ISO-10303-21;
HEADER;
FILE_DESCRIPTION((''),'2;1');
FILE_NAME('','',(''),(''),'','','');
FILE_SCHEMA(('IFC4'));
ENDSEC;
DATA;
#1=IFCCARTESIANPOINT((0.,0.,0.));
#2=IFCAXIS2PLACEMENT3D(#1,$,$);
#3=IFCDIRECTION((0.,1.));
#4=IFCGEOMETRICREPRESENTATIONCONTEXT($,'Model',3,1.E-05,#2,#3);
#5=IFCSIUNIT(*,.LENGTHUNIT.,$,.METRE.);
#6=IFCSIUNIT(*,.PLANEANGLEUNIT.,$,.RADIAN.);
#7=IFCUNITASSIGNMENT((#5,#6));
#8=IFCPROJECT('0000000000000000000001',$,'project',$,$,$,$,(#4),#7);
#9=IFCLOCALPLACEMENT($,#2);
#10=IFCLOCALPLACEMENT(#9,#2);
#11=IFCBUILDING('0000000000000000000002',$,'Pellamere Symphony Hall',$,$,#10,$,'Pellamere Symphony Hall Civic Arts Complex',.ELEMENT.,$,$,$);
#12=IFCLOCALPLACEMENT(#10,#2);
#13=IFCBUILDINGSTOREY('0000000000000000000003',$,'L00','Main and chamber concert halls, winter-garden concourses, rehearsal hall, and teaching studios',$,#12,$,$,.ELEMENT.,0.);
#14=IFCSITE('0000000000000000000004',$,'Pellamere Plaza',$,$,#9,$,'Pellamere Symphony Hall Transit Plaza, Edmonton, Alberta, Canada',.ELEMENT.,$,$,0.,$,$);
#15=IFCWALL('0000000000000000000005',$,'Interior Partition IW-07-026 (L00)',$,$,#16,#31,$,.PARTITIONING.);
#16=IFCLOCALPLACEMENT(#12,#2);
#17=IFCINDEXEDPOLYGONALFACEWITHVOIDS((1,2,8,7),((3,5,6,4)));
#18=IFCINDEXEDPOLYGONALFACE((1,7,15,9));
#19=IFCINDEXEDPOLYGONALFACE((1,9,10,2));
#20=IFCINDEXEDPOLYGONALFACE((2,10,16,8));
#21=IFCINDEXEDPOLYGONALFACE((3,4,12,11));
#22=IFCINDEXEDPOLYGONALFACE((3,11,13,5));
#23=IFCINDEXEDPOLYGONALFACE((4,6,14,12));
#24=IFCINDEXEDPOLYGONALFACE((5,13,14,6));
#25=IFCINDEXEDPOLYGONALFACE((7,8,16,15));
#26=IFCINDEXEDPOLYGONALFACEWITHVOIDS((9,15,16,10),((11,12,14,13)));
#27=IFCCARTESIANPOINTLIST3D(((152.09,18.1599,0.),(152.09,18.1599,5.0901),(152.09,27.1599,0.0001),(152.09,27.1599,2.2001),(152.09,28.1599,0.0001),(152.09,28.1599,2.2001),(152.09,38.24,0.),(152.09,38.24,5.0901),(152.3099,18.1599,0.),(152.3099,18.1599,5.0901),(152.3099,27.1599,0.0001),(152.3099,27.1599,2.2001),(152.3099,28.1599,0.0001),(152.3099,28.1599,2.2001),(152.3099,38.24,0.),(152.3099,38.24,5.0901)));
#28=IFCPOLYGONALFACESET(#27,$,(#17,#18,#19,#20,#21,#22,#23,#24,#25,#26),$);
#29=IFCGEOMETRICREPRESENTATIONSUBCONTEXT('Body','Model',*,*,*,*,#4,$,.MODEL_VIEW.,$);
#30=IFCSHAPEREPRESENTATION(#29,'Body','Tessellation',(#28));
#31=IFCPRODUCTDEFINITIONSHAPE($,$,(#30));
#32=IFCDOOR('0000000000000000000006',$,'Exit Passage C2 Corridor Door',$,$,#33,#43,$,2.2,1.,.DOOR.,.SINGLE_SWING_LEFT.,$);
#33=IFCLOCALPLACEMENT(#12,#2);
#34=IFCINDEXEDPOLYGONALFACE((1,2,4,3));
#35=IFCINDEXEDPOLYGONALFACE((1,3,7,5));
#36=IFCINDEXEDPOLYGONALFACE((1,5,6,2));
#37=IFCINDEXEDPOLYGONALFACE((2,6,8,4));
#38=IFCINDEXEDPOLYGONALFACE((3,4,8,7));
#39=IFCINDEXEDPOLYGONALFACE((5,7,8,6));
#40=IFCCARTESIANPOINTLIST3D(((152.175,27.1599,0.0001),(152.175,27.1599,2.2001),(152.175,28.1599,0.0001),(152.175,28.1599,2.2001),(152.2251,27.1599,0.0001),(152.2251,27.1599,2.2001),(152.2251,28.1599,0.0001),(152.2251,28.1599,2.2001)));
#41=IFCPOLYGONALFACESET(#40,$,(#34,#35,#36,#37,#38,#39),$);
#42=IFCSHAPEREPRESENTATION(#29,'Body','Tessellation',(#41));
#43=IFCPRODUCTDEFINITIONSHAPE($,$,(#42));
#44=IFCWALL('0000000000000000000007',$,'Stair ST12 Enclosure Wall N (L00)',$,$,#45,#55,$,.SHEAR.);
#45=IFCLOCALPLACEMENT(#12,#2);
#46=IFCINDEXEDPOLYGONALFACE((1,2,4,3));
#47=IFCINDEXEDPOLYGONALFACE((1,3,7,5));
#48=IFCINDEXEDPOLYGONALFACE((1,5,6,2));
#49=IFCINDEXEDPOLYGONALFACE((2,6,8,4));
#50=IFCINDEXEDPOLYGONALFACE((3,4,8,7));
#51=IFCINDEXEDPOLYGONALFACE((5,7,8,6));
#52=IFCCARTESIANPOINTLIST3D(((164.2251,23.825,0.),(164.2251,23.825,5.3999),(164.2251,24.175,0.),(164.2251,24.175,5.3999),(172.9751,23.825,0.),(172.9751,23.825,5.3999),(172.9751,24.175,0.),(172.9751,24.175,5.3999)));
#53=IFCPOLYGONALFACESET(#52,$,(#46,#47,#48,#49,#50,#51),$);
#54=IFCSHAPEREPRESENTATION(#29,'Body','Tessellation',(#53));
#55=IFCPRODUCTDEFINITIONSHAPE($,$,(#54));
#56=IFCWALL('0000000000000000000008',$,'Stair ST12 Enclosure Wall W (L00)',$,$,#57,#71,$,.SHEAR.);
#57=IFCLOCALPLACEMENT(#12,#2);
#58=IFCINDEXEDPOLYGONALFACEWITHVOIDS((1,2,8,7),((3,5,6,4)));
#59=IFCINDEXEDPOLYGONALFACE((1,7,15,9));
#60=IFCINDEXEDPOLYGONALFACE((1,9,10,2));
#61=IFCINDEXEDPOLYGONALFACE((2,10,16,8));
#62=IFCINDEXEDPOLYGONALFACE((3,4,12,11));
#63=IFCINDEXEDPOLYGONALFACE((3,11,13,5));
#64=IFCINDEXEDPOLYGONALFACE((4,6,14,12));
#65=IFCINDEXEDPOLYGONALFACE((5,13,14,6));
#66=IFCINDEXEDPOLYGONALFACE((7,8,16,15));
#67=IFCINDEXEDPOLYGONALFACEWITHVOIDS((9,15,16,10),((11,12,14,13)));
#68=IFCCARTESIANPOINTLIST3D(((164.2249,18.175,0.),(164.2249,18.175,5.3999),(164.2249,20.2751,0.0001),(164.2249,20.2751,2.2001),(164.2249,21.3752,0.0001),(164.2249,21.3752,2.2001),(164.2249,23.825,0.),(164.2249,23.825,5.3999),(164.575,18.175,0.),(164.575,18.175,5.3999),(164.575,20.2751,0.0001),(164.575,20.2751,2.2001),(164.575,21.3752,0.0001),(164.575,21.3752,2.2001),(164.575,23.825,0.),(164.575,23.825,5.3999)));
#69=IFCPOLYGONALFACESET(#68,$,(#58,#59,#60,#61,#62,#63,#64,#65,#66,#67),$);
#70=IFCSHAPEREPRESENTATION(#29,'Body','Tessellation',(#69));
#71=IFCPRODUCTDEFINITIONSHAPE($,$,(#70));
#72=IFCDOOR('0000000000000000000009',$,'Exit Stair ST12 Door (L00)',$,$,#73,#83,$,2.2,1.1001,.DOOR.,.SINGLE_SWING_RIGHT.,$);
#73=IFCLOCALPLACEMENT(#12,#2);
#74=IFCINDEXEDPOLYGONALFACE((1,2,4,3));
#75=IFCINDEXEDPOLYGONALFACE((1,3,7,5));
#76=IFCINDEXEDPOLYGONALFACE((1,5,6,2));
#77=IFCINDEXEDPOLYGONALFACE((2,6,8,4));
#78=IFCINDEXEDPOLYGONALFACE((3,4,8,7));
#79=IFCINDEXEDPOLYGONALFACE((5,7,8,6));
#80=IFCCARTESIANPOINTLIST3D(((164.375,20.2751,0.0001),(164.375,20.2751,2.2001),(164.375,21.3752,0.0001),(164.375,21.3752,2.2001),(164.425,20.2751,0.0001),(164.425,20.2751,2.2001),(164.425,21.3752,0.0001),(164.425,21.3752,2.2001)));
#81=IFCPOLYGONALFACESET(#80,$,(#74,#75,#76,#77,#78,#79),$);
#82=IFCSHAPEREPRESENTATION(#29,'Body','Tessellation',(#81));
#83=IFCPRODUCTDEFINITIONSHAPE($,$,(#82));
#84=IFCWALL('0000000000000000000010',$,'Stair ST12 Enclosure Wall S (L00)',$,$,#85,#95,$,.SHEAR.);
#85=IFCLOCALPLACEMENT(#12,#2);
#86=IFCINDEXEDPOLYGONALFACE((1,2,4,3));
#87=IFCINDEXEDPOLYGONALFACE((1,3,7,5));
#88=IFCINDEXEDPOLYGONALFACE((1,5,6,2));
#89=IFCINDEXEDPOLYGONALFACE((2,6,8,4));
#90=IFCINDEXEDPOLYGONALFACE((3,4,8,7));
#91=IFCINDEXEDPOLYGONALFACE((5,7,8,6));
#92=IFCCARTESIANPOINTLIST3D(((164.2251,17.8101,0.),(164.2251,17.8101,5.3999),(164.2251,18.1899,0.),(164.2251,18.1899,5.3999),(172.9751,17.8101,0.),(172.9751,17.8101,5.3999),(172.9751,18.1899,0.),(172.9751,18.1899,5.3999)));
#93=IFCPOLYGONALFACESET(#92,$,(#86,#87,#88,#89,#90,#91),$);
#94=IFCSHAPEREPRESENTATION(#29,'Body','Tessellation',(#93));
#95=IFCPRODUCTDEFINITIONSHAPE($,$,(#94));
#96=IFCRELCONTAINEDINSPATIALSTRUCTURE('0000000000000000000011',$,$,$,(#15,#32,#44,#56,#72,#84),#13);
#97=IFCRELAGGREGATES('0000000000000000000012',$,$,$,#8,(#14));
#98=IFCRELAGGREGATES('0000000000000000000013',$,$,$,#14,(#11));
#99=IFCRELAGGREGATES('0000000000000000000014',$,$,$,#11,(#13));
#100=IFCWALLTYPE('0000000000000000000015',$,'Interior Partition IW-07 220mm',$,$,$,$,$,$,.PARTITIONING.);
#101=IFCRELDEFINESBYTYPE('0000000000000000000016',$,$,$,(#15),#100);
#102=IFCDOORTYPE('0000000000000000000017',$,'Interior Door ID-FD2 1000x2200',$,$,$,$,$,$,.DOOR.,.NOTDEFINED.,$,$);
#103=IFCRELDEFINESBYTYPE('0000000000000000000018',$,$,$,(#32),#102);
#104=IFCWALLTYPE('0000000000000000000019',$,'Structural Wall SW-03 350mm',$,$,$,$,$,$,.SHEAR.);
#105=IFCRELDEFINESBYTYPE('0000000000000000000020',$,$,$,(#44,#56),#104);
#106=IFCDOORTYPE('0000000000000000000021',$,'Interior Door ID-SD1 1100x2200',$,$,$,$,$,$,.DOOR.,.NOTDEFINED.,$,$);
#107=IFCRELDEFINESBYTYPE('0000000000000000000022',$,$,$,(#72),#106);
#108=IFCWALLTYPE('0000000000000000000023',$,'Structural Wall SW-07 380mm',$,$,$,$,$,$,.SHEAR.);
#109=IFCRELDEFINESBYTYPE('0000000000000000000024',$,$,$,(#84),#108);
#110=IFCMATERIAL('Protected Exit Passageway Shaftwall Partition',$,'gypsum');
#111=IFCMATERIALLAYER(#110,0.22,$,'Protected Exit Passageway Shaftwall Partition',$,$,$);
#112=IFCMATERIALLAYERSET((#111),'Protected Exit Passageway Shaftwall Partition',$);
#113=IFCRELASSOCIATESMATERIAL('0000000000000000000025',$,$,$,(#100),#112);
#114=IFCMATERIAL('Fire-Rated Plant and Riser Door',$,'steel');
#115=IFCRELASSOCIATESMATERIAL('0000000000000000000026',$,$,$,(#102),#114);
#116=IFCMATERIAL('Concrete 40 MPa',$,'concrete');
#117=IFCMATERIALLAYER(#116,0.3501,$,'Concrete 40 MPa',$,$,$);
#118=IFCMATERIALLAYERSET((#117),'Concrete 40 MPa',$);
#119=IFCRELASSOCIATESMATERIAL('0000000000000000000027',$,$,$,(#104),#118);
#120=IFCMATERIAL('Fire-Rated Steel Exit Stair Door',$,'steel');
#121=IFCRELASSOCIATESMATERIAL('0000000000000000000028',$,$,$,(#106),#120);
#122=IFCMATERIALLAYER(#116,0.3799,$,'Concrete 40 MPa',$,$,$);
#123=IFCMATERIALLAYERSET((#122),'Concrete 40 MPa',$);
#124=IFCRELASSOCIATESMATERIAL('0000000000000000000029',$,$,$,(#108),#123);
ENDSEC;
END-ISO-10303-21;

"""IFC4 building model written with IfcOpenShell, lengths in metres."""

from ifc_helpers import new_model, si_unit, direction, frame, frame_2d, origin, place, context, subcontext, project, spatial, rectangle, extrude, material, layer, layer_set, type_object, element, fill, save


model = new_model("IFC4")

# Units and contexts
model_context = context("Model", 3, precision=1e-05, world=origin(), true_north=direction((0.0, 1.0)))
body_context = subcontext(model_context, "Body", "Model", "MODEL_VIEW")
ifc_project = project(units=[si_unit("LENGTHUNIT", "METRE"), si_unit("PLANEANGLEUNIT", "RADIAN")], contexts=[model_context])

# Site, building, storey
site_placement = place(None, origin())
site = spatial("IfcSite", under=ifc_project, at=site_placement, Name="Pellamere Plaza", LongName="Pellamere Symphony Hall Transit Plaza, Edmonton, Alberta, Canada", CompositionType="ELEMENT", RefElevation=0.0)
building_placement = place(site_placement, origin())
building = spatial("IfcBuilding", under=site, at=building_placement, Name="Pellamere Symphony Hall", LongName="Pellamere Symphony Hall Civic Arts Complex", CompositionType="ELEMENT")
storey_placement = place(building_placement, origin())
storey = spatial("IfcBuildingStorey", under=building, at=storey_placement, Name="L00", Description="Main and chamber concert halls, winter-garden concourses, rehearsal hall, and teaching studios", CompositionType="ELEMENT", Elevation=0.0)

# Shared definitions
ifc_material_1 = material(Name="Concrete 40 MPa", Category="concrete")

# Wall, opening, door
ifc_material_2 = material(Name="Protected Exit Passageway Shaftwall Partition", Category="gypsum")
ifc_layer_1 = layer(ifc_material_2, 0.22, Name="Protected Exit Passageway Shaftwall Partition")
ifc_layer_set_1 = layer_set([ifc_layer_1], Name="Protected Exit Passageway Shaftwall Partition")
wall_type_1 = type_object("IfcWallType", Name="Interior Partition IW-07 220mm", PredefinedType="PARTITIONING", material=ifc_layer_set_1)
wall_1_placement = place(storey_placement, frame((152.2, 18.1599, 0.0), z_axis=(0.0, 0.0, 1.0), x_axis=(0.0, 1.0, 0.0)))
wall_1 = element("IfcWall", 1, at=wall_1_placement, inside=storey, type_object=wall_type_1, Name="Interior Partition IW-07-026 (L00)", PredefinedType="PARTITIONING", context=body_context, shape_type="SweptSolid", body=[
    extrude(rectangle(XDim=20.0801, YDim=0.22, at=frame_2d((10.04, 0.0))), origin(), (0.0, 0.0, 1.0), 5.0901),
])
opening_1_placement = place(wall_1_placement, frame((9.0, 0.0, 0.0)))
opening_1 = element("IfcOpeningElement", 2, at=opening_1_placement, cuts=wall_1, PredefinedType="OPENING", context=body_context, shape_type="SweptSolid", body=[
    extrude(rectangle(XDim=1.0, YDim=2.2, at=frame_2d((0.5, 1.1001))), frame((0.0, 0.1199, 0.0), z_axis=(0.0, -1.0, 0.0), x_axis=(1.0, 0.0, 0.0)), (0.0, 0.0, 1.0), 0.24),
])
ifc_material_3 = material(Name="Fire-Rated Plant and Riser Door", Category="steel")
door_type_1 = type_object("IfcDoorType", Name="Interior Door ID-FD2 1000x2200", OperationType="NOTDEFINED", PredefinedType="DOOR", material=ifc_material_3)
door_1_placement = place(opening_1_placement, origin())
door_1 = element("IfcDoor", 3, at=door_1_placement, inside=storey, type_object=door_type_1, Name="Exit Passage C2 Corridor Door", OperationType="SINGLE_SWING_LEFT", OverallHeight=2.2, OverallWidth=1.0, PredefinedType="DOOR", context=body_context, shape_type="SweptSolid", body=[
    extrude(rectangle(XDim=1.0, YDim=2.2, at=frame_2d((0.5, 1.1001))), frame((0.0, 0.0249, 0.0), z_axis=(0.0, -1.0, 0.0), x_axis=(1.0, 0.0, 0.0)), (0.0, 0.0, 1.0), 0.05),
])
fill(opening_1, door_1)

# Wall
ifc_layer_2 = layer(ifc_material_1, 0.3501, Name="Concrete 40 MPa")
ifc_layer_set_2 = layer_set([ifc_layer_2], Name="Concrete 40 MPa")
wall_type_2 = type_object("IfcWallType", Name="Structural Wall SW-03 350mm", PredefinedType="SHEAR", material=ifc_layer_set_2)
wall_2_placement = place(storey_placement, frame((164.2251, 24.0, 0.0), z_axis=(0.0, 0.0, 1.0), x_axis=(1.0, 0.0, 0.0)))
element("IfcWall", 4, at=wall_2_placement, inside=storey, type_object=wall_type_2, Name="Stair ST12 Enclosure Wall N (L00)", PredefinedType="SHEAR", context=body_context, shape_type="SweptSolid", body=[
    extrude(rectangle(XDim=8.75, YDim=0.3501, at=frame_2d((4.375, 0.0))), origin(), (0.0, 0.0, 1.0), 5.3999),
])

# Wall, opening, door
wall_3_placement = place(storey_placement, frame((164.3999, 18.175, 0.0), z_axis=(0.0, 0.0, 1.0), x_axis=(0.0, 1.0, 0.0)))
wall_3 = element("IfcWall", 5, at=wall_3_placement, inside=storey, type_object=wall_type_2, Name="Stair ST12 Enclosure Wall W (L00)", PredefinedType="SHEAR", context=body_context, shape_type="SweptSolid", body=[
    extrude(rectangle(XDim=5.6499, YDim=0.3501, at=frame_2d((2.825, 0.0))), origin(), (0.0, 0.0, 1.0), 5.3999),
])
opening_2_placement = place(wall_3_placement, frame((2.1001, 0.0, 0.0)))
opening_2 = element("IfcOpeningElement", 6, at=opening_2_placement, cuts=wall_3, PredefinedType="OPENING", context=body_context, shape_type="SweptSolid", body=[
    extrude(rectangle(XDim=1.1001, YDim=2.2, at=frame_2d((0.55, 1.1001))), frame((0.0, 0.1851, 0.0), z_axis=(0.0, -1.0, 0.0), x_axis=(1.0, 0.0, 0.0)), (0.0, 0.0, 1.0), 0.3701),
])
ifc_material_4 = material(Name="Fire-Rated Steel Exit Stair Door", Category="steel")
door_type_2 = type_object("IfcDoorType", Name="Interior Door ID-SD1 1100x2200", OperationType="NOTDEFINED", PredefinedType="DOOR", material=ifc_material_4)
door_2_placement = place(opening_2_placement, origin())
door_2 = element("IfcDoor", 7, at=door_2_placement, inside=storey, type_object=door_type_2, Name="Exit Stair ST12 Door (L00)", OperationType="SINGLE_SWING_RIGHT", OverallHeight=2.2, OverallWidth=1.1001, PredefinedType="DOOR", context=body_context, shape_type="SweptSolid", body=[
    extrude(rectangle(XDim=1.1001, YDim=2.2, at=frame_2d((0.55, 1.1001))), frame((0.0, 0.0249, 0.0), z_axis=(0.0, -1.0, 0.0), x_axis=(1.0, 0.0, 0.0)), (0.0, 0.0, 1.0), 0.05),
])
fill(opening_2, door_2)

# Wall
ifc_layer_3 = layer(ifc_material_1, 0.3799, Name="Concrete 40 MPa")
ifc_layer_set_3 = layer_set([ifc_layer_3], Name="Concrete 40 MPa")
wall_type_3 = type_object("IfcWallType", Name="Structural Wall SW-07 380mm", PredefinedType="SHEAR", material=ifc_layer_set_3)
wall_4_placement = place(storey_placement, frame((164.2251, 18.0, 0.0), z_axis=(0.0, 0.0, 1.0), x_axis=(1.0, 0.0, 0.0)))
element("IfcWall", 8, at=wall_4_placement, inside=storey, type_object=wall_type_3, Name="Stair ST12 Enclosure Wall S (L00)", PredefinedType="SHEAR", context=body_context, shape_type="SweptSolid", body=[
    extrude(rectangle(XDim=8.75, YDim=0.3799, at=frame_2d((4.375, 0.0))), origin(), (0.0, 0.0, 1.0), 5.3999),
])

save(model, "model.ifc")
